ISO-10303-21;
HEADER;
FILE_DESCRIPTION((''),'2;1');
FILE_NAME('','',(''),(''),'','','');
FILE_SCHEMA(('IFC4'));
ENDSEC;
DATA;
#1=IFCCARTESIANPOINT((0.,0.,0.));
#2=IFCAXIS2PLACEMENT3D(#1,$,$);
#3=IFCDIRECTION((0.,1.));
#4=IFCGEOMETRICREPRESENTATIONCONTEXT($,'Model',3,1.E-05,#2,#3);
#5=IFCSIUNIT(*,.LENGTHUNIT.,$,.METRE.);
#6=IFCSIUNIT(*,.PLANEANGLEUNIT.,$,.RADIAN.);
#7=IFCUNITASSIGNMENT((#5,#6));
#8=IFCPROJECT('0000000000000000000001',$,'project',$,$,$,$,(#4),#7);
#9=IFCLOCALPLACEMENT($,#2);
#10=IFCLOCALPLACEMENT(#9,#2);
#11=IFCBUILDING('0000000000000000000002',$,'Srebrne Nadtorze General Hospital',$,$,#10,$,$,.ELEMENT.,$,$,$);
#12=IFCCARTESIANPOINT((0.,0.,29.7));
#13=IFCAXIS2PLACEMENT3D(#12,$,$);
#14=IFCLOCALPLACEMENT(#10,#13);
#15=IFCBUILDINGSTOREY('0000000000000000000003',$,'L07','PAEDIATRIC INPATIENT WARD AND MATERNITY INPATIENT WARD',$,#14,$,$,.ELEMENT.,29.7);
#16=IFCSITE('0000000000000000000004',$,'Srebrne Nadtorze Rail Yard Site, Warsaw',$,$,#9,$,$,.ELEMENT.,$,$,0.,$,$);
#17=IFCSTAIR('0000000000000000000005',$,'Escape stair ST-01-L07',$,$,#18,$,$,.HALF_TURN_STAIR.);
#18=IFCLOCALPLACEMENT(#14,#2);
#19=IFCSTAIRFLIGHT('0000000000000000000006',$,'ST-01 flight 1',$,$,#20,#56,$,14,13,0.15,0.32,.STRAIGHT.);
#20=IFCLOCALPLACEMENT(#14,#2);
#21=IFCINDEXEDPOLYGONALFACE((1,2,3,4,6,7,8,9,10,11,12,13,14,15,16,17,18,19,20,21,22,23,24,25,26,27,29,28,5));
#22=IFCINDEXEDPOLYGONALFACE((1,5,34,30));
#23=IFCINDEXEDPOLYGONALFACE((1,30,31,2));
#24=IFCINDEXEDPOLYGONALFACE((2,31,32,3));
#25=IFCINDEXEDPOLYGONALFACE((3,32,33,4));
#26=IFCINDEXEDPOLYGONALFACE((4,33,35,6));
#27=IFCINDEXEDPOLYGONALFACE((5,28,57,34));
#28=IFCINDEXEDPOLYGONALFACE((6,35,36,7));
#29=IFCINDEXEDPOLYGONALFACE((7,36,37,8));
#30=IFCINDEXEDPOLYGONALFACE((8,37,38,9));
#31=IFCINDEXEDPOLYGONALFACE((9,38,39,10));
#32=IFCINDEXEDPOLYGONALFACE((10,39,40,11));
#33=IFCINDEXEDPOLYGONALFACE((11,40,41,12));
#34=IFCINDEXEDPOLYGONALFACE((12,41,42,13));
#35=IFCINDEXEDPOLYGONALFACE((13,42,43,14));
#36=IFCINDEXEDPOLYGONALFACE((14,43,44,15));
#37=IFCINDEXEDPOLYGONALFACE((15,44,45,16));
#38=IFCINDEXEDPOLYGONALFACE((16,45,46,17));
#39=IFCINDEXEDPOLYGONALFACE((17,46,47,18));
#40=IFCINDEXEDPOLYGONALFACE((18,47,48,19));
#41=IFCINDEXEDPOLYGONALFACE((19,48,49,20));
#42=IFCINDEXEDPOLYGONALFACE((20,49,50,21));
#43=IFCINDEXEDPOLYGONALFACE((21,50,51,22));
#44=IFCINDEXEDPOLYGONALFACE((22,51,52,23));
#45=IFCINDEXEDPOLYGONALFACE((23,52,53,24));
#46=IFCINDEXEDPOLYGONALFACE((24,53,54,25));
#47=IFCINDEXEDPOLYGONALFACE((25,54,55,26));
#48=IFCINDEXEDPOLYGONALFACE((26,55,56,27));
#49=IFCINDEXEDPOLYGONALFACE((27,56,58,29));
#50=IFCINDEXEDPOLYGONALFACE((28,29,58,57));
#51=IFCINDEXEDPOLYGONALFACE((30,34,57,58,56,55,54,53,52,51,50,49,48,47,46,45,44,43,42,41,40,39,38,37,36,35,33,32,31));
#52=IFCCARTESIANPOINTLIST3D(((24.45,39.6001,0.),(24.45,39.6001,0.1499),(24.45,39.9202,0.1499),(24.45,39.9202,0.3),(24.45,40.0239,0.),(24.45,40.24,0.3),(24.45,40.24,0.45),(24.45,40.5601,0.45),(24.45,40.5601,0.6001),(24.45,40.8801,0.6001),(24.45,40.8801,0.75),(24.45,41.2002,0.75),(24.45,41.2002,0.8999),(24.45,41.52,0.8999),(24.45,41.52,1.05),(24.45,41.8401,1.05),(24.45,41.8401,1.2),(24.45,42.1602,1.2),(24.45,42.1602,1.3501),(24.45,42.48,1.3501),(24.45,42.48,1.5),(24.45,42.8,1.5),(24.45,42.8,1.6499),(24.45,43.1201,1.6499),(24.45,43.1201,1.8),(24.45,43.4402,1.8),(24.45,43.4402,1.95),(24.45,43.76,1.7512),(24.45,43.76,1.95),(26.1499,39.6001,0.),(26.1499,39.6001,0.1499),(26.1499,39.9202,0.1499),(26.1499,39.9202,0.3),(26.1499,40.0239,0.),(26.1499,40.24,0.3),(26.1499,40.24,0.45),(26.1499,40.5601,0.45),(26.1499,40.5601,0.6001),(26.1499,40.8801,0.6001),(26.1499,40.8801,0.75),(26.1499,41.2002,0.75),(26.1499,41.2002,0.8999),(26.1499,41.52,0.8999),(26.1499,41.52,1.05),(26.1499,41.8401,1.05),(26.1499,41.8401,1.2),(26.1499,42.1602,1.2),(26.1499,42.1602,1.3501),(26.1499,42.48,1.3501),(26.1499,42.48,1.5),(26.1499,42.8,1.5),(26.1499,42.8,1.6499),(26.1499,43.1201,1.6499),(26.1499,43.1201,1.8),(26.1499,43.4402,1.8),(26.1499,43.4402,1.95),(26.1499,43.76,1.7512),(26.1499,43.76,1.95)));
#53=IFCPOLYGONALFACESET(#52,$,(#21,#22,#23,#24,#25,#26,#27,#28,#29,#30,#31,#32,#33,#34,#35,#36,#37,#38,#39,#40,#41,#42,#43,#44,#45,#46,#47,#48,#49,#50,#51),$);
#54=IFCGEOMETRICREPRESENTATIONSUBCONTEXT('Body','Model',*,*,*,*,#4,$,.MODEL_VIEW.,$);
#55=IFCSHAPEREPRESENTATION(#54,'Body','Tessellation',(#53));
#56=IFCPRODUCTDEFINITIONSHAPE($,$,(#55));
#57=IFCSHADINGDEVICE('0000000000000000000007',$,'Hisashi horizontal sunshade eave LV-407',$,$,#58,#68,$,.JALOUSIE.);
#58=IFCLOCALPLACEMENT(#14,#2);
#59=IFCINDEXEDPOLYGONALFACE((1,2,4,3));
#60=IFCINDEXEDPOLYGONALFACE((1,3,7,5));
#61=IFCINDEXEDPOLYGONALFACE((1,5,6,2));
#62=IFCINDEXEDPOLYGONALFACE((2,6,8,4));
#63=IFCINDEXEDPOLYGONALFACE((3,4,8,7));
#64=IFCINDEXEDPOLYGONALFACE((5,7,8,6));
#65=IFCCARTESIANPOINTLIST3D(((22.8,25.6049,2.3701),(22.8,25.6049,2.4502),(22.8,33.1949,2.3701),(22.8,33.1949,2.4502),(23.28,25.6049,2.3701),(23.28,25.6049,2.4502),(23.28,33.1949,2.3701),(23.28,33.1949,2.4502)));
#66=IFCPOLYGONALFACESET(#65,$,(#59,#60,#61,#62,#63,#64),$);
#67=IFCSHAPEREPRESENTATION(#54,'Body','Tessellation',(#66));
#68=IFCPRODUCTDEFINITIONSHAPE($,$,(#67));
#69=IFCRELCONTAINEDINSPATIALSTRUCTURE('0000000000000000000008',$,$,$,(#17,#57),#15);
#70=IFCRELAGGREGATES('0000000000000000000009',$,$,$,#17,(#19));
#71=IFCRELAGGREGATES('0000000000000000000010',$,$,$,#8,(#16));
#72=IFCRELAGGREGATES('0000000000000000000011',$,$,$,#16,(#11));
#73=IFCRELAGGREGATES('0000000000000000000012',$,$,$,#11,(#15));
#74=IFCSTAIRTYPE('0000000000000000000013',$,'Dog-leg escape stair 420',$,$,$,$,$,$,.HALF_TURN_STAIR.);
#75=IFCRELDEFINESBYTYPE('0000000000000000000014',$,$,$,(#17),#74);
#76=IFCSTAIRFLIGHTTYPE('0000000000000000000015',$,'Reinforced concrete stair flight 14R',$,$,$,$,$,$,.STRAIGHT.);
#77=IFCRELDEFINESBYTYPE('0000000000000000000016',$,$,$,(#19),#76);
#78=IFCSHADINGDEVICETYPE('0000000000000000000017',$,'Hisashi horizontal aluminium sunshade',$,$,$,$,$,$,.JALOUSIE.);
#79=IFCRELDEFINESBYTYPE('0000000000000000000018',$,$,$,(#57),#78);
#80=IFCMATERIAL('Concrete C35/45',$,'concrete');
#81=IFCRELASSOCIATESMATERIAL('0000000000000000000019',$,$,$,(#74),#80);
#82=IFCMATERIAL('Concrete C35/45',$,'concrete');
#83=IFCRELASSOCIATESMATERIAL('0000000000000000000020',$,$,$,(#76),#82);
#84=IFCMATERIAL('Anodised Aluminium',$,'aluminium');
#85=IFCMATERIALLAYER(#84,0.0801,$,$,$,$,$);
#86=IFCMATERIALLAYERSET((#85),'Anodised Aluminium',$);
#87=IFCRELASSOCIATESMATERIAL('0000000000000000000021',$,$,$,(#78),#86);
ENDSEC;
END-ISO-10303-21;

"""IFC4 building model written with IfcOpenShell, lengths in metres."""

from ifc_helpers import new_model, si_unit, direction, frame, origin, origin_2d, place, context, subcontext, project, spatial, polyline, rectangle, outline, extrude, material, layer, layer_set, type_object, element, aggregate, save


model = new_model("IFC4")

# Units and contexts
model_context = context("Model", 3, precision=1e-05, world=origin(), true_north=direction((0.0, 1.0)))
body_context = subcontext(model_context, "Body", "Model", "MODEL_VIEW")
ifc_project = project(units=[si_unit("LENGTHUNIT", "METRE"), si_unit("PLANEANGLEUNIT", "RADIAN")], contexts=[model_context])

# Site, building, storey
site_placement = place(None, origin())
site = spatial("IfcSite", under=ifc_project, at=site_placement, Name="Srebrne Nadtorze Rail Yard Site, Warsaw", CompositionType="ELEMENT", RefElevation=0.0)
building_placement = place(site_placement, origin())
building = spatial("IfcBuilding", under=site, at=building_placement, Name="Srebrne Nadtorze General Hospital", CompositionType="ELEMENT")
storey_placement = place(building_placement, frame((0.0, 0.0, 29.7)))
storey = spatial("IfcBuildingStorey", under=building, at=storey_placement, Name="L07", Description="PAEDIATRIC INPATIENT WARD AND MATERNITY INPATIENT WARD", CompositionType="ELEMENT", Elevation=29.7)

# Stair, stair flight
ifc_material_1 = material(Name="Concrete C35/45", Category="concrete")
stair_type = type_object("IfcStairType", Name="Dog-leg escape stair 420", PredefinedType="HALF_TURN_STAIR", material=ifc_material_1)
stair_placement = place(storey_placement, origin())
stair = element("IfcStair", 1, at=stair_placement, inside=storey, type_object=stair_type, Name="Escape stair ST-01-L07", PredefinedType="HALF_TURN_STAIR")
ifc_material_2 = material(Name="Concrete C35/45", Category="concrete")
stair_flight_type = type_object("IfcStairFlightType", Name="Reinforced concrete stair flight 14R", PredefinedType="STRAIGHT", material=ifc_material_2)
stair_flight_placement = place(storey_placement, frame((25.3, 39.6001, 0.0), z_axis=(0.0, 0.0, 1.0), x_axis=(0.0, 1.0, 0.0)))
stair_flight = element("IfcStairFlight", 2, at=stair_flight_placement, type_object=stair_flight_type, Name="ST-01 flight 1", NumberOfRisers=14, NumberOfTreads=13, PredefinedType="STRAIGHT", RiserHeight=0.15, TreadLength=0.32, context=body_context, shape_type="SweptSolid", body=[
    extrude(outline(polyline([(0.0, 0.0), (0.0, 0.1499), (0.3201, 0.1499), (0.3201, 0.3), (0.6399, 0.3), (0.6399, 0.45), (0.96, 0.45), (0.96, 0.6001), (1.28, 0.6001), (1.28, 0.75), (1.6001, 0.75), (1.6001, 0.8999), (1.9199, 0.8999), (1.9199, 1.05), (2.24, 1.05), (2.24, 1.2), (2.5601, 1.2), (2.5601, 1.3501), (2.8799, 1.3501), (2.8799, 1.5), (3.2, 1.5), (3.2, 1.6499), (3.52, 1.6499), (3.52, 1.8), (3.8401, 1.8), (3.8401, 1.95), (4.1599, 1.95), (4.1599, 2.1001), (4.1599, 1.7512), (0.4238, 0.0), (0.0, 0.0)])), frame((0.0, 0.8501, 0.0), z_axis=(0.0, -1.0, 0.0), x_axis=(1.0, 0.0, 0.0)), (0.0, 0.0, 1.0), 1.7),
])
aggregate(stair, [stair_flight])

# Shading device
ifc_material_3 = material(Name="Anodised Aluminium", Category="aluminium")
ifc_layer_1 = layer(ifc_material_3, 0.0801)
ifc_layer_set_1 = layer_set([ifc_layer_1], Name="Anodised Aluminium")
shading_device_type = type_object("IfcShadingDeviceType", Name="Hisashi horizontal aluminium sunshade", PredefinedType="JALOUSIE", material=ifc_layer_set_1)
shading_device_placement = place(storey_placement, frame((23.04, 29.3999, 2.3701), z_axis=(0.0, 0.0, 1.0), x_axis=(1.0, 0.0, 0.0)))
element("IfcShadingDevice", 3, at=shading_device_placement, inside=storey, type_object=shading_device_type, Name="Hisashi horizontal sunshade eave LV-407", PredefinedType="JALOUSIE", context=body_context, shape_type="SweptSolid", body=[
    extrude(rectangle(XDim=0.48, YDim=7.5901, at=origin_2d()), origin(), (0.0, 0.0, 1.0), 0.0801),
])

save(model, "model.ifc")
